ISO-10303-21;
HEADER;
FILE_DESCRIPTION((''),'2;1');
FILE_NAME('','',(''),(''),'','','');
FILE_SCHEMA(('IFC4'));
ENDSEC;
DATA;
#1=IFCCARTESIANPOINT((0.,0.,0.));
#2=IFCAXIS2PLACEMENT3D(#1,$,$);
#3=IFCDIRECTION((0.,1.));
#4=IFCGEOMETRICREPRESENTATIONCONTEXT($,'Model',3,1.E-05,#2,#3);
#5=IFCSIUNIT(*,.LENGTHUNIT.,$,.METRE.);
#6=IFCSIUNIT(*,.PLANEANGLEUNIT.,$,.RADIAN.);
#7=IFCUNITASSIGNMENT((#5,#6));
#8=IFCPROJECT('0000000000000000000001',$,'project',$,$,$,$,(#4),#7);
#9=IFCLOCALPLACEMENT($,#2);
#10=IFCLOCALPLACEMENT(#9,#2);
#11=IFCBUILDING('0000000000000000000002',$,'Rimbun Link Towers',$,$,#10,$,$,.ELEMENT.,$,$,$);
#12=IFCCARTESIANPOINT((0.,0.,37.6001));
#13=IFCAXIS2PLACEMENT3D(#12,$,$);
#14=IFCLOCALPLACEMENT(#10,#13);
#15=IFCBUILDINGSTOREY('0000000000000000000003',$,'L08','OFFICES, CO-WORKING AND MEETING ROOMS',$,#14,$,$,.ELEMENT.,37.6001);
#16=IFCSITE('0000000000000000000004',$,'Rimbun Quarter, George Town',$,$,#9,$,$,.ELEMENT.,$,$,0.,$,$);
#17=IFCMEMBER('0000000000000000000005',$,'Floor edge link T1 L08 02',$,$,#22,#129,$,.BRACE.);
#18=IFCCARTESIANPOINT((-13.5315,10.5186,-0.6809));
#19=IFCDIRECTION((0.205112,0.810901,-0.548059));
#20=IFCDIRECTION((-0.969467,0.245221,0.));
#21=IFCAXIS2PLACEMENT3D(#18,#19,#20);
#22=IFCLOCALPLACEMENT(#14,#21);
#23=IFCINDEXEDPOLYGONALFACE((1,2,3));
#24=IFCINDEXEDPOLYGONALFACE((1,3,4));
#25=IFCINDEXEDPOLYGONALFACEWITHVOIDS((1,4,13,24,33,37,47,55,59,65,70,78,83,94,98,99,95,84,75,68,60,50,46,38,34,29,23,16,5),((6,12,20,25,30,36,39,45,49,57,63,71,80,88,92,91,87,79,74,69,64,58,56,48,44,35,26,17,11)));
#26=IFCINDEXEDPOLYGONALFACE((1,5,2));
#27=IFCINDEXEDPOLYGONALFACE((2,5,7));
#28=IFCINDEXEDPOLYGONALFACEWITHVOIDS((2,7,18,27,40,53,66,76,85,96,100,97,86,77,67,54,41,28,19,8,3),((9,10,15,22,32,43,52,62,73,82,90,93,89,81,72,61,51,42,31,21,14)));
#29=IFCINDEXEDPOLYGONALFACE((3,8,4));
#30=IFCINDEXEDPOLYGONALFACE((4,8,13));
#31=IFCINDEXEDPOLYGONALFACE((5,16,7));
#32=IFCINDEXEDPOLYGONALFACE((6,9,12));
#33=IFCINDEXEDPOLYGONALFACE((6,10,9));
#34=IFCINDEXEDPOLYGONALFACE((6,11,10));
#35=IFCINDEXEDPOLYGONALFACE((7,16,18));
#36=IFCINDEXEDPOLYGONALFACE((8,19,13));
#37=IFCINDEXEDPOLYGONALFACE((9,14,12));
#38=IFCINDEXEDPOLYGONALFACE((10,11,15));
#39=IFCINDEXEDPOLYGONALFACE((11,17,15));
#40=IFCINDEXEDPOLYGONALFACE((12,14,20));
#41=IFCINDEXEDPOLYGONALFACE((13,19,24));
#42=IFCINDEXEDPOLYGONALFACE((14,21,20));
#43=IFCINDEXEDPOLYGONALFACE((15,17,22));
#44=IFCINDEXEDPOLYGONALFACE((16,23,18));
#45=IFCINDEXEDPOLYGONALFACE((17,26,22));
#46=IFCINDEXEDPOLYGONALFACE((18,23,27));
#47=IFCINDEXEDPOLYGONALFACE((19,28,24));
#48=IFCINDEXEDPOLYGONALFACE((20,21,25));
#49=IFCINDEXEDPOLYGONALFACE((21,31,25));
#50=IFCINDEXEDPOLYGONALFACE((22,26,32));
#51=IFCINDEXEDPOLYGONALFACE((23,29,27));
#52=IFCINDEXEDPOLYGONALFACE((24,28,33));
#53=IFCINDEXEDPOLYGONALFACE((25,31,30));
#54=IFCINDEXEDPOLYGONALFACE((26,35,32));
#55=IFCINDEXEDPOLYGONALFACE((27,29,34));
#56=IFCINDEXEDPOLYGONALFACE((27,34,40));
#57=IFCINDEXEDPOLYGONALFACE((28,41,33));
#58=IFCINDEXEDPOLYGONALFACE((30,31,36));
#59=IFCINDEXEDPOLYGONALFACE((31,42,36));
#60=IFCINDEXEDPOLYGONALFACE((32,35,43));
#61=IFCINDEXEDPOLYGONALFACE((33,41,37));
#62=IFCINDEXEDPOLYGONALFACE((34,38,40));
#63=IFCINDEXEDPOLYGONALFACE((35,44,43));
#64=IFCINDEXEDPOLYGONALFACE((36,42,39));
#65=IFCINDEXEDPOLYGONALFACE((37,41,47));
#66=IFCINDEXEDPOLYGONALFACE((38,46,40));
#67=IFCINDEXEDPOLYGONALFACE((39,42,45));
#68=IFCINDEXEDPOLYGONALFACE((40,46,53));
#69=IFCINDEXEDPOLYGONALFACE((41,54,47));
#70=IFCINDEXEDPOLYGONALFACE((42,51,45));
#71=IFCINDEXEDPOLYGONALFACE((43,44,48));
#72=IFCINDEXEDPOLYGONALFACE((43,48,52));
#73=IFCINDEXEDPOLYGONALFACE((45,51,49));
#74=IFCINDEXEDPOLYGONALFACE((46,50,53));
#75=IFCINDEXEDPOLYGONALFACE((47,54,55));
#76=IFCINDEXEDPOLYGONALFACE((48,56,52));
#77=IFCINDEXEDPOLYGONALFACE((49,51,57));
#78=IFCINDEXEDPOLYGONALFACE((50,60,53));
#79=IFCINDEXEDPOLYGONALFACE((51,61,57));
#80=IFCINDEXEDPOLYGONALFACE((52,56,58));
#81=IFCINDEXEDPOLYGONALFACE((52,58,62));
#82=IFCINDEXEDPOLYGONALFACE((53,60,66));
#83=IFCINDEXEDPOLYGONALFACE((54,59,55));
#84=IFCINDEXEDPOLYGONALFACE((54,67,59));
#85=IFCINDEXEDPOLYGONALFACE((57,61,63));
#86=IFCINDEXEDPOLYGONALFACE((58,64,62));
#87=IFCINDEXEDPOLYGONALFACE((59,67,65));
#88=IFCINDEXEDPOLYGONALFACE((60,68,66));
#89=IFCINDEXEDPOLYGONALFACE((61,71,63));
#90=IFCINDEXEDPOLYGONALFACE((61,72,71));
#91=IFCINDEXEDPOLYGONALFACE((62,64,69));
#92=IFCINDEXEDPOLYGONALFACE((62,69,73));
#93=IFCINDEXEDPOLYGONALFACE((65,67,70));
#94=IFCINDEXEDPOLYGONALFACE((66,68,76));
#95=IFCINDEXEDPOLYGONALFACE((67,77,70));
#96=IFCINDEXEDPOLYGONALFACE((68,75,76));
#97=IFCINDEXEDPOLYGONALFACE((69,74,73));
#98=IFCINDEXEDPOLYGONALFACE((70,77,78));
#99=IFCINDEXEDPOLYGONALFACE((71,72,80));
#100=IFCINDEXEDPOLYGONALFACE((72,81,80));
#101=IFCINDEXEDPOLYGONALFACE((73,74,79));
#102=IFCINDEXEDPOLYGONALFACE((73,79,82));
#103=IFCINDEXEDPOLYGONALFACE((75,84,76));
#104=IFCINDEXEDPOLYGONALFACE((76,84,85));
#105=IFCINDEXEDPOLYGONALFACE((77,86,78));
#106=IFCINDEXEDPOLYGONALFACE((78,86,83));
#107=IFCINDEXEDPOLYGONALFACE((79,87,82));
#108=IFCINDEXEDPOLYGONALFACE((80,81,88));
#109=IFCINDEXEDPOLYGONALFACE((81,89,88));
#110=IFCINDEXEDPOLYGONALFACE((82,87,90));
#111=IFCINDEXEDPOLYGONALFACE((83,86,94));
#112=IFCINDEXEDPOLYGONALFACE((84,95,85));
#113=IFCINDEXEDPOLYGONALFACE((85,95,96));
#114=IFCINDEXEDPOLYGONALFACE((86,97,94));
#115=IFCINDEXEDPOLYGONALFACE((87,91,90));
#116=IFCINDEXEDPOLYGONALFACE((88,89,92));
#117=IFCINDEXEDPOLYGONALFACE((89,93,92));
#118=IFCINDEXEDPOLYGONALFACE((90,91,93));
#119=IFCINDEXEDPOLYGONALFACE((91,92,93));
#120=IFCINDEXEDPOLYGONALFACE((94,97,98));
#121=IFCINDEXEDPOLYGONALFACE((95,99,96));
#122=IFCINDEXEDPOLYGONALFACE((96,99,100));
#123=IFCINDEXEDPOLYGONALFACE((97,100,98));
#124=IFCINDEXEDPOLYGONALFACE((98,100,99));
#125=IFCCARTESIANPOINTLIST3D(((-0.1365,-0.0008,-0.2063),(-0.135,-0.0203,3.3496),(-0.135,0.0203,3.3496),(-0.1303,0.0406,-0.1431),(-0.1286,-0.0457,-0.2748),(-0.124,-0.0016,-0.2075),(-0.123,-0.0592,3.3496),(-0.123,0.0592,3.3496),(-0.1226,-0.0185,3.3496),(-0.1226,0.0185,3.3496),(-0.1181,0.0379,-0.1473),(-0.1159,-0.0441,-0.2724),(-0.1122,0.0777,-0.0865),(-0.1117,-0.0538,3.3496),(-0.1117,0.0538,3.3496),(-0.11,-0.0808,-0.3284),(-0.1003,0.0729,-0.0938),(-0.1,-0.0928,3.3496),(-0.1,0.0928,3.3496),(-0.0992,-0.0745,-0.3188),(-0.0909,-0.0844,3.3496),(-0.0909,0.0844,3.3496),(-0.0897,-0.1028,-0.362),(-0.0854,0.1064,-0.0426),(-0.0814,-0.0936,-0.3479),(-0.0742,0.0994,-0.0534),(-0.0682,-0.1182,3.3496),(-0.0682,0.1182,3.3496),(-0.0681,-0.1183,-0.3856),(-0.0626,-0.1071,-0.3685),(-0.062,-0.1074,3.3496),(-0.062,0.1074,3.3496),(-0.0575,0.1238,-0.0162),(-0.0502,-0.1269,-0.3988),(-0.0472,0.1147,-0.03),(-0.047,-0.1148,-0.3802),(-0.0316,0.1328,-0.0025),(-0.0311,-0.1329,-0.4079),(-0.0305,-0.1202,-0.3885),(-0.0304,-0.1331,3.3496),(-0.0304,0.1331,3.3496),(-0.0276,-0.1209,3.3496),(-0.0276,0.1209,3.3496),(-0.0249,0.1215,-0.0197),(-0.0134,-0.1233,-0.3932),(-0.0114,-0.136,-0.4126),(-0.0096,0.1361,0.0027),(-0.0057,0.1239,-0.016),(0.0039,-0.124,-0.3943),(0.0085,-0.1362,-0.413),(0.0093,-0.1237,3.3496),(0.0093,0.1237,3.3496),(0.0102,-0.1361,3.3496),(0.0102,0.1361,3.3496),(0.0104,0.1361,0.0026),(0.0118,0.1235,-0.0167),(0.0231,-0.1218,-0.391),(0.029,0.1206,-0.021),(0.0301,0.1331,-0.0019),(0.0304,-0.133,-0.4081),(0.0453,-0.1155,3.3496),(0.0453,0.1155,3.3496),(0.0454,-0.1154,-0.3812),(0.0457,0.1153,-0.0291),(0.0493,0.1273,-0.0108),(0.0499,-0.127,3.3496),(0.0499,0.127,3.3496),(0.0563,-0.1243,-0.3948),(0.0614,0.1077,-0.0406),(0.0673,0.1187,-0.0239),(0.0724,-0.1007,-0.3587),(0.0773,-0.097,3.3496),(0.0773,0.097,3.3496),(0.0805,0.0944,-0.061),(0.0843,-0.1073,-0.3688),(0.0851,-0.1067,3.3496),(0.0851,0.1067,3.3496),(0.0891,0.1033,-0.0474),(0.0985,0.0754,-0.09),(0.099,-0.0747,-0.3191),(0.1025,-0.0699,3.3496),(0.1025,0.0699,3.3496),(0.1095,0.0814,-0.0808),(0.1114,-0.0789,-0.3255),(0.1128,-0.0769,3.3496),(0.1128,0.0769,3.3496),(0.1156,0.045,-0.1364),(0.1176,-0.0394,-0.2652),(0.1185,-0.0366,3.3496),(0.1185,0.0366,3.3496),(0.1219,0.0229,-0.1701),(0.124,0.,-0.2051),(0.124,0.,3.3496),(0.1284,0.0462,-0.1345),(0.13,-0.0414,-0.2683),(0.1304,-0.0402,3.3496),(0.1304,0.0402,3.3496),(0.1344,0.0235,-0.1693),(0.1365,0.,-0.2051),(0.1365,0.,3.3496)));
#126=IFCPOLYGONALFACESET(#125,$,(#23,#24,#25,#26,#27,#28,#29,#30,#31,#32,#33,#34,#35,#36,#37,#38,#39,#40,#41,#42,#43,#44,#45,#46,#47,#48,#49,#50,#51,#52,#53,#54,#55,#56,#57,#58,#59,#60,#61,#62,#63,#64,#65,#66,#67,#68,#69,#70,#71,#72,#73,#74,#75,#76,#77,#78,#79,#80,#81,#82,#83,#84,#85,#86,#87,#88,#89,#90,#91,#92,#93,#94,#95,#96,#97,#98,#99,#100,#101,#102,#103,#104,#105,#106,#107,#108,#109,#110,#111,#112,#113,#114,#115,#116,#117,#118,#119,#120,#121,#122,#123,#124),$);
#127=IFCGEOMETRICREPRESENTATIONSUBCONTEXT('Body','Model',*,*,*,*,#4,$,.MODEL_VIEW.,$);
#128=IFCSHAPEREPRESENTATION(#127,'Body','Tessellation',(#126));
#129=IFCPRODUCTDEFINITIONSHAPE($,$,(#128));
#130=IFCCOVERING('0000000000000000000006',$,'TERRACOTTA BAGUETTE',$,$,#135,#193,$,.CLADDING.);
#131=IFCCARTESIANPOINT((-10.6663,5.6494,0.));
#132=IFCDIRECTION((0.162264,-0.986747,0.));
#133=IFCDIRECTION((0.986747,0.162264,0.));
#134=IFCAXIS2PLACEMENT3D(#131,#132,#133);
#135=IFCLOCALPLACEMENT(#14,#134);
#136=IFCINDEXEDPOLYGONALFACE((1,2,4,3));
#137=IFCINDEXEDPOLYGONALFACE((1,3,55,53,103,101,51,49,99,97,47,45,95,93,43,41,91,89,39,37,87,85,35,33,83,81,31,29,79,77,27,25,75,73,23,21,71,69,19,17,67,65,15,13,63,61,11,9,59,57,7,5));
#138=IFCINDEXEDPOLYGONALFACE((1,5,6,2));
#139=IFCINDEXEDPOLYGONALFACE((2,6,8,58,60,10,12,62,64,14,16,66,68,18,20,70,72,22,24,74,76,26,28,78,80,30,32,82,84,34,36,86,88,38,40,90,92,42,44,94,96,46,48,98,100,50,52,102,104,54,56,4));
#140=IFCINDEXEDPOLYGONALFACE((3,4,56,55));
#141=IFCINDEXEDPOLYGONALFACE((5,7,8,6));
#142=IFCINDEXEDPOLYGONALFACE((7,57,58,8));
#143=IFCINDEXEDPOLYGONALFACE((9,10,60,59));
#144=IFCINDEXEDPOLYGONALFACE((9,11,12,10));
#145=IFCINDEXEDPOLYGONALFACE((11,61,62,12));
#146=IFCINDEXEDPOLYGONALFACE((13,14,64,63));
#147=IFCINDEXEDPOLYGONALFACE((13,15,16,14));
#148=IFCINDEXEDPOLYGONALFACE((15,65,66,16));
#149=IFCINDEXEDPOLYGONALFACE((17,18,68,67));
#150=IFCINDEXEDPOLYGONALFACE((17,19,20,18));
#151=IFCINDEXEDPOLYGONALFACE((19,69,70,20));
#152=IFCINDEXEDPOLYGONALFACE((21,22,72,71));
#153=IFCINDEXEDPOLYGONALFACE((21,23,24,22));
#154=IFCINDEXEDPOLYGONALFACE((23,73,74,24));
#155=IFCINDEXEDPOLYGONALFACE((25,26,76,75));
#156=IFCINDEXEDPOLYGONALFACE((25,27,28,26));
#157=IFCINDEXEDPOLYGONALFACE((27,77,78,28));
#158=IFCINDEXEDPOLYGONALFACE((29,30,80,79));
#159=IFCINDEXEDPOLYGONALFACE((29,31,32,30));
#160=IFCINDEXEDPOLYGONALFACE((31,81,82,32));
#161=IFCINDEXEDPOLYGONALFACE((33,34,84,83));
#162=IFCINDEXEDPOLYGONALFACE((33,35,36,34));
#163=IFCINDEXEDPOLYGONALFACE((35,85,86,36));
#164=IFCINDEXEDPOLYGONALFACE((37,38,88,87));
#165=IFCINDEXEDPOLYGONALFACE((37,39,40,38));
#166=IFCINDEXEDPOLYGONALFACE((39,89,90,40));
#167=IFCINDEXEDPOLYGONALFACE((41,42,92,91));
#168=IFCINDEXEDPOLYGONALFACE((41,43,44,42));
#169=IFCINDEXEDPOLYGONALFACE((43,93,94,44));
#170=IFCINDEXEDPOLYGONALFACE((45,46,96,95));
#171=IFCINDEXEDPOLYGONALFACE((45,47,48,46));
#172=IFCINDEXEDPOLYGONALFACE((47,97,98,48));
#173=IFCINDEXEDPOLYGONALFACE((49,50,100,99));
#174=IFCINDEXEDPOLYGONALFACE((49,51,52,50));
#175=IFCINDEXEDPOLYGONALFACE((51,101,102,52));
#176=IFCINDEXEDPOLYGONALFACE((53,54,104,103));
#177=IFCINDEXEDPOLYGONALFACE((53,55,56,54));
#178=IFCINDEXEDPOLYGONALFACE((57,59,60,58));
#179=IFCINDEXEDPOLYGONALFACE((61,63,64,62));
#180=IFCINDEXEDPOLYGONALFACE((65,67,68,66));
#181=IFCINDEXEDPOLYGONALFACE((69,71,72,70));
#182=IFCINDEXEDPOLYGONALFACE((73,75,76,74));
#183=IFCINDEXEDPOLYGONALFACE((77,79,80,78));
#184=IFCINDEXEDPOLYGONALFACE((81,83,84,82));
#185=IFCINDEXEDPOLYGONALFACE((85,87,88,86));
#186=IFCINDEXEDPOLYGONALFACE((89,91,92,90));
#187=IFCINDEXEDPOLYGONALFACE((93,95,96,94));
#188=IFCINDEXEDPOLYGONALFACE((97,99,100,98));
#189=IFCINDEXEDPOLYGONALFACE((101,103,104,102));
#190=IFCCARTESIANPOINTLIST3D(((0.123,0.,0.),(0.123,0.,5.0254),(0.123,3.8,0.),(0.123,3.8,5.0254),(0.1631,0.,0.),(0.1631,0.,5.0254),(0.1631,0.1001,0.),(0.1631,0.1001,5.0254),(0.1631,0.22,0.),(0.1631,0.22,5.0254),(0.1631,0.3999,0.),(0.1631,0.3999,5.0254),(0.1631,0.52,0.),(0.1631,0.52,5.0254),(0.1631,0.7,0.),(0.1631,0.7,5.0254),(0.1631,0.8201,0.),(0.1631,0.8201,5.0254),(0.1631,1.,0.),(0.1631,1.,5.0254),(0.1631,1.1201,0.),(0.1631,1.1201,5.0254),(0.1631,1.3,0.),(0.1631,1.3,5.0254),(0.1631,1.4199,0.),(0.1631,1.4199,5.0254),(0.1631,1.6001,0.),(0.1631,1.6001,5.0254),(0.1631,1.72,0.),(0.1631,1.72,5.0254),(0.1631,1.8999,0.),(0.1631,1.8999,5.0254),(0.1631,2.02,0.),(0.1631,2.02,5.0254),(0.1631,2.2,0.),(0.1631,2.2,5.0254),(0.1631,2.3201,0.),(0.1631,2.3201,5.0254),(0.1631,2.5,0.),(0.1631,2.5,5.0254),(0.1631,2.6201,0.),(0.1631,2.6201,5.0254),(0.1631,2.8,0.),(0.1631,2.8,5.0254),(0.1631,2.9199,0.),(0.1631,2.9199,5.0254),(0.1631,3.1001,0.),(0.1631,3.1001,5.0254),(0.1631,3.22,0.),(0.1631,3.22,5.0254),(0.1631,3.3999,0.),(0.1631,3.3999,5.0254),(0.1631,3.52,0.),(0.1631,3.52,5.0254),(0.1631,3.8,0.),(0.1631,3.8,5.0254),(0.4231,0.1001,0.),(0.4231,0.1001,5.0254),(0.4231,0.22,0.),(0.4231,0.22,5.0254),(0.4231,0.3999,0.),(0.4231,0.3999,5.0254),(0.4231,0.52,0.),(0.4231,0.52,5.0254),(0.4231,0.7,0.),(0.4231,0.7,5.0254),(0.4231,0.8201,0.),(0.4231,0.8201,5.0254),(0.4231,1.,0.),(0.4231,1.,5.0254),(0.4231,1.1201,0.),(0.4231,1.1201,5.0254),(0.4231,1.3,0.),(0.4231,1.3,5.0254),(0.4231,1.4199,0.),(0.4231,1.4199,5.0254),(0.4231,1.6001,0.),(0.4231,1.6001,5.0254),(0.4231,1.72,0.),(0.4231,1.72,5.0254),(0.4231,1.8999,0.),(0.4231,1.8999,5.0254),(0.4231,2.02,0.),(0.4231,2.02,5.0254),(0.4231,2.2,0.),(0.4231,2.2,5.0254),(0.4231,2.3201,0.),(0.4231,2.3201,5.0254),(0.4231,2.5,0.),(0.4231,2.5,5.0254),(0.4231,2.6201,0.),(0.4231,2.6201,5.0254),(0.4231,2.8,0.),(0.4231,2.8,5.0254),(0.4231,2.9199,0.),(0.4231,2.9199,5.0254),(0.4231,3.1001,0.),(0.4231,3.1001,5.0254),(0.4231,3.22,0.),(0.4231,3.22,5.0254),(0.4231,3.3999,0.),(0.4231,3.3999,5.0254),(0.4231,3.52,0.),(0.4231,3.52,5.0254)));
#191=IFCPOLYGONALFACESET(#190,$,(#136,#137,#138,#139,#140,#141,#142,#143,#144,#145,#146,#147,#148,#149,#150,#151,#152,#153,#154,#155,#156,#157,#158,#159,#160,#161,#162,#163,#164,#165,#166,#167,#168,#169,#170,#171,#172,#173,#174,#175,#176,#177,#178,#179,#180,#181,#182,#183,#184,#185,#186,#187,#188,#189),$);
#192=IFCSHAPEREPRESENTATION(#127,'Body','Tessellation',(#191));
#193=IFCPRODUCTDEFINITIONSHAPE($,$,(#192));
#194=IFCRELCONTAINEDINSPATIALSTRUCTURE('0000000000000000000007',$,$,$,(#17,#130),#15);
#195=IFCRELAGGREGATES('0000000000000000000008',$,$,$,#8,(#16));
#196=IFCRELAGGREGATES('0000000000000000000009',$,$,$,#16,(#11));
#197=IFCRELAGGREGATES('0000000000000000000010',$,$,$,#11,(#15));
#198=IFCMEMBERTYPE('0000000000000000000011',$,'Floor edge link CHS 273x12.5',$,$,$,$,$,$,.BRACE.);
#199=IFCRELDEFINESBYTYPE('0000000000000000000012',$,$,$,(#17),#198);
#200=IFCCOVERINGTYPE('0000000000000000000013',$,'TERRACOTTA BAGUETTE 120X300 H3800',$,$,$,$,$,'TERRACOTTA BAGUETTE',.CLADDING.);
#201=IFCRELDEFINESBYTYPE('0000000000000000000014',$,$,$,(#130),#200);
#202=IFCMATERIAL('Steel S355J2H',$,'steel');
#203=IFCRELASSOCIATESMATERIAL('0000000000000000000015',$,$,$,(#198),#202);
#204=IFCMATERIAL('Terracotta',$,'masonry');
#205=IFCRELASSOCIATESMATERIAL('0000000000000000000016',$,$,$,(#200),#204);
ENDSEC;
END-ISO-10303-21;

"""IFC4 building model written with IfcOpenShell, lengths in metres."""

from ifc_helpers import new_model, si_unit, direction, frame, origin, origin_2d, place, context, subcontext, project, spatial, polyline, hollow_circle, outline, extrude, clip, halfspace, material, material_profile, profile_set, type_object, element, save


model = new_model("IFC4")

# Units and contexts
model_context = context("Model", 3, precision=1e-05, world=origin(), true_north=direction((0.0, 1.0)))
body_context = subcontext(model_context, "Body", "Model", "MODEL_VIEW")
ifc_project = project(units=[si_unit("LENGTHUNIT", "METRE"), si_unit("PLANEANGLEUNIT", "RADIAN")], contexts=[model_context])

# Site, building, storey
site_placement = place(None, origin())
site = spatial("IfcSite", under=ifc_project, at=site_placement, Name="Rimbun Quarter, George Town", CompositionType="ELEMENT", RefElevation=0.0)
building_placement = place(site_placement, origin())
building = spatial("IfcBuilding", under=site, at=building_placement, Name="Rimbun Link Towers", CompositionType="ELEMENT")
storey_placement = place(building_placement, frame((0.0, 0.0, 37.6001)))
storey = spatial("IfcBuildingStorey", under=building, at=storey_placement, Name="L08", Description="OFFICES, CO-WORKING AND MEETING ROOMS", CompositionType="ELEMENT", Elevation=37.6001)

# Member
ifc_material_1 = material(Name="Steel S355J2H", Category="steel")
ifc_material_profile_1 = material_profile(ifc_material_1, hollow_circle(Radius=0.1365, WallThickness=0.0125, at=origin_2d()), Name="CHS 273x12.5")
ifc_profile_set_1 = profile_set([ifc_material_profile_1], Name="Steel S355J2H")
member_type_1 = type_object("IfcMemberType", Name="Floor edge link CHS 273x12.5", PredefinedType="BRACE", material=ifc_profile_set_1)
member_1_placement = place(storey_placement, frame((-13.5315, 10.5186, -0.6809), z_axis=(0.205112, 0.810901, -0.548059), x_axis=(-0.969467, 0.245221, 0.0)))
element("IfcMember", 1, at=member_1_placement, inside=storey, type_object=member_type_1, Name="Floor edge link T1 L08 02", PredefinedType="BRACE", context=body_context, shape_type="Clipping", body=[
    clip(extrude(hollow_circle(Radius=0.1365, WallThickness=0.0125, at=origin_2d()), frame((0.0, 0.0, -0.4348)), (0.0, 0.0, 1.0), 3.7844), halfspace(frame((0.0, 0.0, -0.2051), z_axis=(0.0, 0.836439, -0.548059)), False)),
])

# Covering
ifc_material_2 = material(Name="Terracotta", Category="masonry")
ifc_material_profile_2 = material_profile(ifc_material_2, outline(polyline([(0.123, 0.0), (0.1631, 0.0), (0.1631, 0.1001), (0.4231, 0.1001), (0.4231, 0.22), (0.1631, 0.22), (0.1631, 0.3999), (0.4231, 0.3999), (0.4231, 0.52), (0.1631, 0.52), (0.1631, 0.7), (0.4231, 0.7), (0.4231, 0.8201), (0.1631, 0.8201), (0.1631, 1.0), (0.4231, 1.0), (0.4231, 1.1201), (0.1631, 1.1201), (0.1631, 1.3), (0.4231, 1.3), (0.4231, 1.4199), (0.1631, 1.4199), (0.1631, 1.6001), (0.4231, 1.6001), (0.4231, 1.72), (0.1631, 1.72), (0.1631, 1.8999), (0.4231, 1.8999), (0.4231, 2.02), (0.1631, 2.02), (0.1631, 2.2), (0.4231, 2.2), (0.4231, 2.3201), (0.1631, 2.3201), (0.1631, 2.5), (0.4231, 2.5), (0.4231, 2.6201), (0.1631, 2.6201), (0.1631, 2.8), (0.4231, 2.8), (0.4231, 2.9199), (0.1631, 2.9199), (0.1631, 3.1001), (0.4231, 3.1001), (0.4231, 3.22), (0.1631, 3.22), (0.1631, 3.3999), (0.4231, 3.3999), (0.4231, 3.52), (0.1631, 3.52), (0.1631, 3.8), (0.123, 3.8), (0.123, 0.0)])), Name="BAGUETTE 120X300")
ifc_profile_set_2 = profile_set([ifc_material_profile_2], Name="Terracotta")
covering_type = type_object("IfcCoveringType", Name="TERRACOTTA BAGUETTE 120X300 H3800", ElementType="TERRACOTTA BAGUETTE", PredefinedType="CLADDING", material=ifc_profile_set_2)
covering_1_placement = place(storey_placement, frame((-10.6663, 5.6494, 0.0), z_axis=(0.162264, -0.986747, 0.0), x_axis=(0.986747, 0.162264, 0.0)))
element("IfcCovering", 2, at=covering_1_placement, inside=storey, type_object=covering_type, Name="TERRACOTTA BAGUETTE", PredefinedType="CLADDING", context=body_context, shape_type="SweptSolid", body=[
    extrude(outline(polyline([(0.123, 0.0), (0.1631, 0.0), (0.1631, 0.1001), (0.4231, 0.1001), (0.4231, 0.22), (0.1631, 0.22), (0.1631, 0.3999), (0.4231, 0.3999), (0.4231, 0.52), (0.1631, 0.52), (0.1631, 0.7), (0.4231, 0.7), (0.4231, 0.8201), (0.1631, 0.8201), (0.1631, 1.0), (0.4231, 1.0), (0.4231, 1.1201), (0.1631, 1.1201), (0.1631, 1.3), (0.4231, 1.3), (0.4231, 1.4199), (0.1631, 1.4199), (0.1631, 1.6001), (0.4231, 1.6001), (0.4231, 1.72), (0.1631, 1.72), (0.1631, 1.8999), (0.4231, 1.8999), (0.4231, 2.02), (0.1631, 2.02), (0.1631, 2.2), (0.4231, 2.2), (0.4231, 2.3201), (0.1631, 2.3201), (0.1631, 2.5), (0.4231, 2.5), (0.4231, 2.6201), (0.1631, 2.6201), (0.1631, 2.8), (0.4231, 2.8), (0.4231, 2.9199), (0.1631, 2.9199), (0.1631, 3.1001), (0.4231, 3.1001), (0.4231, 3.22), (0.1631, 3.22), (0.1631, 3.3999), (0.4231, 3.3999), (0.4231, 3.52), (0.1631, 3.52), (0.1631, 3.8), (0.123, 3.8), (0.123, 0.0)])), origin(), (0.0, 0.0, 1.0), 5.0254),
])

save(model, "model.ifc")
